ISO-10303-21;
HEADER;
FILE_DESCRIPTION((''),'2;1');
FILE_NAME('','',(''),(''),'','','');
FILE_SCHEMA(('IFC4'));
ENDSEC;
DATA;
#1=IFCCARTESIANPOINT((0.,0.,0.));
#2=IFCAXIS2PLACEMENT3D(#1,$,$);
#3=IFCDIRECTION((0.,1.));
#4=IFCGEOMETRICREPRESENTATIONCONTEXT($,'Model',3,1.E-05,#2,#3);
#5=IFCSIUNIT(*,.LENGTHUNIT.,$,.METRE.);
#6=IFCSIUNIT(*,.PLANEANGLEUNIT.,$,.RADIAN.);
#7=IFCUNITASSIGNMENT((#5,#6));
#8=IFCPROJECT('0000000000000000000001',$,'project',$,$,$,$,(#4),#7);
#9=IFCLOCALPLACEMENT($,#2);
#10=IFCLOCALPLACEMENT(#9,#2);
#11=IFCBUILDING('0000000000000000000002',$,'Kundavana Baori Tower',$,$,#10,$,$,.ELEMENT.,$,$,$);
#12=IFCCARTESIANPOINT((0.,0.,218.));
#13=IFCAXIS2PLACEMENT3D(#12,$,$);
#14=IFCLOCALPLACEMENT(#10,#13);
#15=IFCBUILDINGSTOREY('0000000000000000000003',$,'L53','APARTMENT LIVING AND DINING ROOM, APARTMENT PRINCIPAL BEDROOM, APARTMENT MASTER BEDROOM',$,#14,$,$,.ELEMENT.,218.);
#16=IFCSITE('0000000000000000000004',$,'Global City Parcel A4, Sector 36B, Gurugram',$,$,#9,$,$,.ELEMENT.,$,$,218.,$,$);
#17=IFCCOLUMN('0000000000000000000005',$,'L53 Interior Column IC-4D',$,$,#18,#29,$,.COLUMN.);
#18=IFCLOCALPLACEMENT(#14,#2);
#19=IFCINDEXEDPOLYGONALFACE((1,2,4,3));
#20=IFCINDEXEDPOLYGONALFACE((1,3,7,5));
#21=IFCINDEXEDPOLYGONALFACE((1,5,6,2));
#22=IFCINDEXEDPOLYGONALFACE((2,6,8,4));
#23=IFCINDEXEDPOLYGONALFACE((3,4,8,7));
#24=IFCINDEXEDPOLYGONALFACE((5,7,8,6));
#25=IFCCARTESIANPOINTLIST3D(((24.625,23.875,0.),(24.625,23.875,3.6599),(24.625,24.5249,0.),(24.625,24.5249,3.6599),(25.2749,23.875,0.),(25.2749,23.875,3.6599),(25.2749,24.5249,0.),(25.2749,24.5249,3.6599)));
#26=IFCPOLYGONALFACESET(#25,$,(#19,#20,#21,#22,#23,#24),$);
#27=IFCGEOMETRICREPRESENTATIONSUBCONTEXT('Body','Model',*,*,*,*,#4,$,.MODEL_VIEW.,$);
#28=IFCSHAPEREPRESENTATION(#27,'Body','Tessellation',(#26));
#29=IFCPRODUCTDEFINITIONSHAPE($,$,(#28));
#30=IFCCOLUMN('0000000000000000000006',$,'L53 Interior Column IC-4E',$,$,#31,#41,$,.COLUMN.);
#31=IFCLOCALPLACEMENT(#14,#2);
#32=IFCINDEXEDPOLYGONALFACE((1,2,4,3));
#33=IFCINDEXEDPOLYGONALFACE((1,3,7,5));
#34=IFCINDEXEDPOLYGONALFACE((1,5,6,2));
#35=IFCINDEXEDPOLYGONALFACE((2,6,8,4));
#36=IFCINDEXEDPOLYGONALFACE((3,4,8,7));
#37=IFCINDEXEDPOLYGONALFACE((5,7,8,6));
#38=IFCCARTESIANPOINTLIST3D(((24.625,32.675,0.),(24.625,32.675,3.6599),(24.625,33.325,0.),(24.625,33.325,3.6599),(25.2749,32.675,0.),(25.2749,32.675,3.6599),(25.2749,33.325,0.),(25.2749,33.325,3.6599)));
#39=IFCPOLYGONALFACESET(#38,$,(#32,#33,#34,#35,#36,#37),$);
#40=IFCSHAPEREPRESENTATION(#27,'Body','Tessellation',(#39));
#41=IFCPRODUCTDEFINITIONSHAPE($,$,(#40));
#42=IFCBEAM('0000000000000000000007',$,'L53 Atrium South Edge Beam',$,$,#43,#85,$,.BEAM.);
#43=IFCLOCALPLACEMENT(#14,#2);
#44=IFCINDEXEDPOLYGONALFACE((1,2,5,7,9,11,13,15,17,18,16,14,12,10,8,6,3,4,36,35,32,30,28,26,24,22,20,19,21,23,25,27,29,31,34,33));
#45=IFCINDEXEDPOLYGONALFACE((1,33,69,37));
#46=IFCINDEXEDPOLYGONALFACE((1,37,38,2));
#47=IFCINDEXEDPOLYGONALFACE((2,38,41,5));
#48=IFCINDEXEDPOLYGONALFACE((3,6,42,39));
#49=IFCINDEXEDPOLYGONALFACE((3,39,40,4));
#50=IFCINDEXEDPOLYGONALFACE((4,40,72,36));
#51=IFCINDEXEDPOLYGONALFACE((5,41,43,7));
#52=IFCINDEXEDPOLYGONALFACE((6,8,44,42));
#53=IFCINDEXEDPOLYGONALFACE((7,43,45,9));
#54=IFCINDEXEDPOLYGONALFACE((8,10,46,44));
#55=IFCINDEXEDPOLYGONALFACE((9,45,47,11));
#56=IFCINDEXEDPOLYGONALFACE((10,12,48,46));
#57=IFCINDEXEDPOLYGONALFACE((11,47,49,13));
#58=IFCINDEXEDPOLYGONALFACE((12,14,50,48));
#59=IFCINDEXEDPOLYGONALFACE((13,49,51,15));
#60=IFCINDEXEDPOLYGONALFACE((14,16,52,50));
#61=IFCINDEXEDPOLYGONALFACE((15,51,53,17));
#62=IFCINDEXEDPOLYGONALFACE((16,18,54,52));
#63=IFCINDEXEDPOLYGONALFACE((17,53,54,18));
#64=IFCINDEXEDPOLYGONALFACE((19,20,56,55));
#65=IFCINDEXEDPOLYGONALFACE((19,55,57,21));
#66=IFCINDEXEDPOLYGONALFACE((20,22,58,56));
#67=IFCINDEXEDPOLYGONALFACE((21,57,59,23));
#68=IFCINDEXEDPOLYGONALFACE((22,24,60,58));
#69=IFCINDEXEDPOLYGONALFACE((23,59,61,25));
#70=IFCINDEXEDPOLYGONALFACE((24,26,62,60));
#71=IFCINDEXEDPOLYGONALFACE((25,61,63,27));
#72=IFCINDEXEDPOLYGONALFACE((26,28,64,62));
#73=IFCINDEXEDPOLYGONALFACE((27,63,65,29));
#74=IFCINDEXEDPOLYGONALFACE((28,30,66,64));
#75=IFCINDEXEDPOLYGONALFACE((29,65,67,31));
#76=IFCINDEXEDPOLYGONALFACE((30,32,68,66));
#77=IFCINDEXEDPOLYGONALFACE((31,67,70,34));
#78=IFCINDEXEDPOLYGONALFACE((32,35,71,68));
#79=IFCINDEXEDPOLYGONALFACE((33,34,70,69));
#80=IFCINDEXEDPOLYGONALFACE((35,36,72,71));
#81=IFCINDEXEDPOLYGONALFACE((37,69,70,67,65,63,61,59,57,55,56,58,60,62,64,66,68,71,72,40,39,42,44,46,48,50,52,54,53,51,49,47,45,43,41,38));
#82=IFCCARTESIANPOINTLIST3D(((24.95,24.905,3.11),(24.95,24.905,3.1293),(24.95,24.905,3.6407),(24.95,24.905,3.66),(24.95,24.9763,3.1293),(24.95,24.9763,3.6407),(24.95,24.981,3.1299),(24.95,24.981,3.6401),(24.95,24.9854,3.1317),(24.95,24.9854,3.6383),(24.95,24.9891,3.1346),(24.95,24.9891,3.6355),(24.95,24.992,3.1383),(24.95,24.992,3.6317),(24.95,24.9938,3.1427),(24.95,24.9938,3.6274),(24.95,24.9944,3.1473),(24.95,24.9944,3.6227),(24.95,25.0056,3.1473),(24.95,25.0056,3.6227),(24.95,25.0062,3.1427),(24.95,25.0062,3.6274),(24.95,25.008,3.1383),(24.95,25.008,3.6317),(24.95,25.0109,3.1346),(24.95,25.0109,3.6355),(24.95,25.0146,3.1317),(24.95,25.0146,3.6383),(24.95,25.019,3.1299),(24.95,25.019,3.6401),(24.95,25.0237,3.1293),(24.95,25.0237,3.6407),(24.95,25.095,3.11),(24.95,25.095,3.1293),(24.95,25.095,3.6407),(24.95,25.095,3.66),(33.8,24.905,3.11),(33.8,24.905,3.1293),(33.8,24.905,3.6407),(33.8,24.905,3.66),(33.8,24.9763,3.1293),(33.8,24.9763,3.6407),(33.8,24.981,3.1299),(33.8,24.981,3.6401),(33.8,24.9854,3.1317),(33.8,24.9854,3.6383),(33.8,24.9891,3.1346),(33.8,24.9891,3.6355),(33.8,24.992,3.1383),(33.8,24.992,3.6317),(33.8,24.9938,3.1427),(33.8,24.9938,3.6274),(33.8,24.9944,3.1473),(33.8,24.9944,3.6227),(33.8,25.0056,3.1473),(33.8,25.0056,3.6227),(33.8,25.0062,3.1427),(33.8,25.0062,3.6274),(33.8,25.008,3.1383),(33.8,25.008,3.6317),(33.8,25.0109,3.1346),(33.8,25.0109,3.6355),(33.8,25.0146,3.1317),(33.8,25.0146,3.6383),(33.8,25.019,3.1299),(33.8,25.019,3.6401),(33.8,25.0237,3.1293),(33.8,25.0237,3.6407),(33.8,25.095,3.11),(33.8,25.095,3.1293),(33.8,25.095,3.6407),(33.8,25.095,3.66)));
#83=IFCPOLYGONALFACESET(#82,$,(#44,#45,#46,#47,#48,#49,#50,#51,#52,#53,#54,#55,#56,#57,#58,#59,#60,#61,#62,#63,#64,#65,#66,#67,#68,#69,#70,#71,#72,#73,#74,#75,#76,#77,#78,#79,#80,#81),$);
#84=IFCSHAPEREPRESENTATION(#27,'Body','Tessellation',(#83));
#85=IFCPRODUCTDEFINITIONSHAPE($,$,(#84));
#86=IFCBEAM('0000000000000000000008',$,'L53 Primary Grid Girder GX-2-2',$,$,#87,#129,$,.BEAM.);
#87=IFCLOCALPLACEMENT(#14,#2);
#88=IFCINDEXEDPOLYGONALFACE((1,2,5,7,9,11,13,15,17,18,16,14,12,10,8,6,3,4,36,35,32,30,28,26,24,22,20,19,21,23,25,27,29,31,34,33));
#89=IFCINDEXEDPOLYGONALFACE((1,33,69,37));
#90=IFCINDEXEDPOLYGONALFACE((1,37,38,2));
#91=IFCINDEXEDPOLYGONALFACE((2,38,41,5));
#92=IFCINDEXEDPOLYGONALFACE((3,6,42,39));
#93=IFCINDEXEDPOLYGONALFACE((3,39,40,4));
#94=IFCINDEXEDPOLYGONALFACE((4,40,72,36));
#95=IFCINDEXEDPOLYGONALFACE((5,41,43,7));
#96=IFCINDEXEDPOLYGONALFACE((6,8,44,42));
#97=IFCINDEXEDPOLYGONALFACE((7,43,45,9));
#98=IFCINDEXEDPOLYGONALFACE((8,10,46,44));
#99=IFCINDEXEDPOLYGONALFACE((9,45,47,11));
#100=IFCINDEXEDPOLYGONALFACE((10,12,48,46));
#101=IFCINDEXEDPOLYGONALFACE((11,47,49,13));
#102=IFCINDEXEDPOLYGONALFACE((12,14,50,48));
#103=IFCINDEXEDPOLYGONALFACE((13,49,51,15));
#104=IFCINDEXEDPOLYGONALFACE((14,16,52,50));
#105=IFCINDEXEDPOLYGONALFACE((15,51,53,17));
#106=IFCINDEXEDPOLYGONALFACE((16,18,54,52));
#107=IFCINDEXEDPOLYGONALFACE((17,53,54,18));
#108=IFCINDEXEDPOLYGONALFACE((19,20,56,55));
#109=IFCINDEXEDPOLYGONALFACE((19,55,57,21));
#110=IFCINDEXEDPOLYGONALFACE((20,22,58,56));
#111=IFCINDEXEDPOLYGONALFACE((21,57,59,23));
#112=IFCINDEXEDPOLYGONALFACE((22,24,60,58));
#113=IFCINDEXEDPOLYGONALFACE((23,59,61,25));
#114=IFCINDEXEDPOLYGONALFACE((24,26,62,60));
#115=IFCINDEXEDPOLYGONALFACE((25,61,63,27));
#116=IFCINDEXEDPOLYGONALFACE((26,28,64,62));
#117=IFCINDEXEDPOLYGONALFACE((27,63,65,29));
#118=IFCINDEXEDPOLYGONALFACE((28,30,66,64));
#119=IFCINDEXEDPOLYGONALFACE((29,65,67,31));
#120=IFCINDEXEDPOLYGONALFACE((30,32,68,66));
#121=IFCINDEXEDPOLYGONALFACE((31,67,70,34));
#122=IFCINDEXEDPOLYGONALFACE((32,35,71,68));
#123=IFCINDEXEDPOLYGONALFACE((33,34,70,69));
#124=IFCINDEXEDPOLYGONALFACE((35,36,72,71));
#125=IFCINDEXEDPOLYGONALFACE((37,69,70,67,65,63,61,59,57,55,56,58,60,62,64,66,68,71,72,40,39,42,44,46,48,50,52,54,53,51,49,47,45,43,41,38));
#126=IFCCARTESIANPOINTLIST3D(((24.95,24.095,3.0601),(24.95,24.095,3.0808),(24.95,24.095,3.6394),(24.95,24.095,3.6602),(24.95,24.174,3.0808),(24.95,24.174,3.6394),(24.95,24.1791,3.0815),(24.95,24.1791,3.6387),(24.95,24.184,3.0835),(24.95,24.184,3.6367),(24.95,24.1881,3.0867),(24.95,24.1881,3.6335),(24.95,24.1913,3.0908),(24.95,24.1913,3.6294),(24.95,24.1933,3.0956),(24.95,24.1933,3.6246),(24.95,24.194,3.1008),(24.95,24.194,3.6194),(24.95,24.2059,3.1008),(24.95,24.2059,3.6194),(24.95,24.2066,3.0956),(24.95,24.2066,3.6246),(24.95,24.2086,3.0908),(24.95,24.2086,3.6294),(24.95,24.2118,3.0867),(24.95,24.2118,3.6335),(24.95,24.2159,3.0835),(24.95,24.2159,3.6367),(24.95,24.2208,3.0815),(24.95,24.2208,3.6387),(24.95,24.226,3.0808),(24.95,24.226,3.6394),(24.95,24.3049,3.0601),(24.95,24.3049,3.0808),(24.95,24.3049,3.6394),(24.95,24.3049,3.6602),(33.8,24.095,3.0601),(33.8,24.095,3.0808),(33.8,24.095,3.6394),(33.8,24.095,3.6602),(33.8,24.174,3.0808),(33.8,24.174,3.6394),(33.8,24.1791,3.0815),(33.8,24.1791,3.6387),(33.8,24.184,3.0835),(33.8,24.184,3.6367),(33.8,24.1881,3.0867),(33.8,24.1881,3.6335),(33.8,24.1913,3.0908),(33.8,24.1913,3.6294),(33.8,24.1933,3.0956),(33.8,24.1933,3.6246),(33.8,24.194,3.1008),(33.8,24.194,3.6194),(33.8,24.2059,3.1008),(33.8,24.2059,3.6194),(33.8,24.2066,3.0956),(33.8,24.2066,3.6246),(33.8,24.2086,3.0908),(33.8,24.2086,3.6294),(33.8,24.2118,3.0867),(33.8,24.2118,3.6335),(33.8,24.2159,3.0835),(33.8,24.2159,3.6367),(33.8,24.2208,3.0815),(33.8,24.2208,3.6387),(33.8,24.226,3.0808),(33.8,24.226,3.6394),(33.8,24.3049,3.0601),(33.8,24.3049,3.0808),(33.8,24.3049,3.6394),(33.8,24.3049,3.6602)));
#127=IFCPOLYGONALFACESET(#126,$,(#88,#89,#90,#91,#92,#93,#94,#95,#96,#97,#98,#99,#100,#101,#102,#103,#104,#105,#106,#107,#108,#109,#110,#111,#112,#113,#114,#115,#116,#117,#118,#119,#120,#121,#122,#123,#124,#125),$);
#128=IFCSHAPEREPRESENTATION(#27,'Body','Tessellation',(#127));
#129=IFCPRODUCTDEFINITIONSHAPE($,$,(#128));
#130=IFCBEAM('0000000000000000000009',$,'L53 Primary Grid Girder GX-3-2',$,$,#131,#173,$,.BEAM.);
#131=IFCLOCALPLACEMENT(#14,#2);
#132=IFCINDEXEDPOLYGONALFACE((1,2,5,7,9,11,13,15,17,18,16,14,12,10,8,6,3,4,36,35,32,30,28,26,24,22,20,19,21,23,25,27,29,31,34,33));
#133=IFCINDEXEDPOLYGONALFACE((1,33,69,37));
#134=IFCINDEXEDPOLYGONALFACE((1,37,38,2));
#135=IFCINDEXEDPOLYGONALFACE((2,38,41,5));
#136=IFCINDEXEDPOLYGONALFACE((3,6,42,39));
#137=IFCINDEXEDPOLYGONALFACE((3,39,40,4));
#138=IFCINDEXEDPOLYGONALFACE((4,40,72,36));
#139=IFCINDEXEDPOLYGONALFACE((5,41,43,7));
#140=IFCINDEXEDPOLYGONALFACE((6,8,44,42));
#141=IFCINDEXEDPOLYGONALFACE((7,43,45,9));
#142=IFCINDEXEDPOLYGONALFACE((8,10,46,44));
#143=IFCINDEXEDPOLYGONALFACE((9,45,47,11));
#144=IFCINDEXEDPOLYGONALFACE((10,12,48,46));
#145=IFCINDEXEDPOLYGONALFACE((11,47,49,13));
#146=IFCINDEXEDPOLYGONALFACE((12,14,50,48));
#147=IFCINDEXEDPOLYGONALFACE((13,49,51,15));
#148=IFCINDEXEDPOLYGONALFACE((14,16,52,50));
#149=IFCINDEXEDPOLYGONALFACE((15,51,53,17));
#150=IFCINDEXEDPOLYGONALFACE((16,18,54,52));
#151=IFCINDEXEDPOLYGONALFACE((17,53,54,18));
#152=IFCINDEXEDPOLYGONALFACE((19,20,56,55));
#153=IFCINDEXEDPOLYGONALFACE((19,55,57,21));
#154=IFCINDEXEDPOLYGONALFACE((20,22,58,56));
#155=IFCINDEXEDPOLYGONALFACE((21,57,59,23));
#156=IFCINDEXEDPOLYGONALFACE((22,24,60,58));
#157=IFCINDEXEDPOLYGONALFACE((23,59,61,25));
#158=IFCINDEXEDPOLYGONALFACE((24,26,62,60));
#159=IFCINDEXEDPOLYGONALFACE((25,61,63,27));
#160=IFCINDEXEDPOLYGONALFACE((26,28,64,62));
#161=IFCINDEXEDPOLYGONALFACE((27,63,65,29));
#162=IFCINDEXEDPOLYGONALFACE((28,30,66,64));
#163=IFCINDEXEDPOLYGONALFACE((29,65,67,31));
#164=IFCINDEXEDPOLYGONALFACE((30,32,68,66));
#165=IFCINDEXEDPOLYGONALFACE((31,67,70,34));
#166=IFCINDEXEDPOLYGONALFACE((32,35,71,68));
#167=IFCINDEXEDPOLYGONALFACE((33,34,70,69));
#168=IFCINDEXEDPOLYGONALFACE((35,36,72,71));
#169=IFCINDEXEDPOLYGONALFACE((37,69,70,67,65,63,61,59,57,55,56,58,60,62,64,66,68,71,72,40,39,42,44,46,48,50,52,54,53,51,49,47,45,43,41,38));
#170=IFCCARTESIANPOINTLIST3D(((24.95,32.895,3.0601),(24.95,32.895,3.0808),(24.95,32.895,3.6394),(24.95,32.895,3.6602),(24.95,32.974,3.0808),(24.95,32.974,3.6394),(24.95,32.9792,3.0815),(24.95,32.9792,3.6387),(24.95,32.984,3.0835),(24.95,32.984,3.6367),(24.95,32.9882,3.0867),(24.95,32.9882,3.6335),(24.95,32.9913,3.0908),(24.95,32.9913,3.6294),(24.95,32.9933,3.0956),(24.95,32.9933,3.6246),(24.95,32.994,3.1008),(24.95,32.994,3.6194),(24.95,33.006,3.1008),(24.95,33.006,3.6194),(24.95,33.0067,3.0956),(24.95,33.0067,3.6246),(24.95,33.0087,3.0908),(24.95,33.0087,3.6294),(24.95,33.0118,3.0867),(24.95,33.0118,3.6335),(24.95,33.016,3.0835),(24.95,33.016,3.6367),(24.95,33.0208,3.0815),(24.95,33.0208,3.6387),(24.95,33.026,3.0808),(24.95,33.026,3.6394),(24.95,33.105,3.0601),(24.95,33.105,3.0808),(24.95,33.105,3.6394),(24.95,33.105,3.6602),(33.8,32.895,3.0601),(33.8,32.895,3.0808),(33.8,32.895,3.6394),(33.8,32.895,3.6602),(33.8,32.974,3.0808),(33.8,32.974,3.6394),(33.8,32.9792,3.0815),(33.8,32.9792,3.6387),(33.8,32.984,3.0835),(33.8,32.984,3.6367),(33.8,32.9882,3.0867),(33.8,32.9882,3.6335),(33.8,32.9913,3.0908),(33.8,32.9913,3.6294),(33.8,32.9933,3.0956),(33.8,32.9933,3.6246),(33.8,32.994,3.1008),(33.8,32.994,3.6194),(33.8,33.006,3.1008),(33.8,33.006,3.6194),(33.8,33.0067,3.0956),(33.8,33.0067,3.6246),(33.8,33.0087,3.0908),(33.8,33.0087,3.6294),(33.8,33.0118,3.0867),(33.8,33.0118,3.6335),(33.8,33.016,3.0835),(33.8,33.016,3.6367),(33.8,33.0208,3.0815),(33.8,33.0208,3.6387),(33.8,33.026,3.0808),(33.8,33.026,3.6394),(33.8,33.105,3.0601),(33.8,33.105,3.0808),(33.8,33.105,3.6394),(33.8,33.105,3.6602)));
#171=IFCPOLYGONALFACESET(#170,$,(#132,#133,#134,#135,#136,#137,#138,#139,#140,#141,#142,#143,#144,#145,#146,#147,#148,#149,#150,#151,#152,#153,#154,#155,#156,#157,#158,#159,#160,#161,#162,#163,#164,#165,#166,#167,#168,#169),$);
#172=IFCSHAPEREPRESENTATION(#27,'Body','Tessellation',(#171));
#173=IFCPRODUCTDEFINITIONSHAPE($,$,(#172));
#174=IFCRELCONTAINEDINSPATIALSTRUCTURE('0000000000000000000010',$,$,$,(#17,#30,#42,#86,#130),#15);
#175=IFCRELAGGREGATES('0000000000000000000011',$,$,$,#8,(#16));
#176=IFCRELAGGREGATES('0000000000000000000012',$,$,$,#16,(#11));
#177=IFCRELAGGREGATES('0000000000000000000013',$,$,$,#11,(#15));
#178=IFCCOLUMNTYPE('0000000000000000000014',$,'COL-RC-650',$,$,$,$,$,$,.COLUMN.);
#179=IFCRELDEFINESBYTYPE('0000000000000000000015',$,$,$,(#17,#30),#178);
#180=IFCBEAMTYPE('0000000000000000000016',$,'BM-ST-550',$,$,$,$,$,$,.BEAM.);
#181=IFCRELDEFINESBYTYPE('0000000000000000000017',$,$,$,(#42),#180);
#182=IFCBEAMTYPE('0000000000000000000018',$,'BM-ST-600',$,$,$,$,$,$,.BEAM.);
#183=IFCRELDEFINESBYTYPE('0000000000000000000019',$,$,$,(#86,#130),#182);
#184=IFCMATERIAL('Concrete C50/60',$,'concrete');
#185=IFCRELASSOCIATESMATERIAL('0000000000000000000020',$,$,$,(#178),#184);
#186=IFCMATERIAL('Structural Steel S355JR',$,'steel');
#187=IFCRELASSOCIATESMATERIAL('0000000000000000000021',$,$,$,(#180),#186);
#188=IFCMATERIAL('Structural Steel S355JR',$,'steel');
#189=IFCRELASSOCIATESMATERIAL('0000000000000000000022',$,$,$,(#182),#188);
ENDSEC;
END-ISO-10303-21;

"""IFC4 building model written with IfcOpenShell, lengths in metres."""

from ifc_helpers import new_model, si_unit, direction, frame, origin, origin_2d, place, context, subcontext, project, spatial, rectangle, i_section, extrude, material, material_profile, profile_set, type_object, element, save


model = new_model("IFC4")

# Units and contexts
model_context = context("Model", 3, precision=1e-05, world=origin(), true_north=direction((0.0, 1.0)))
body_context = subcontext(model_context, "Body", "Model", "MODEL_VIEW")
ifc_project = project(units=[si_unit("LENGTHUNIT", "METRE"), si_unit("PLANEANGLEUNIT", "RADIAN")], contexts=[model_context])

# Site, building, storey
site_placement = place(None, origin())
site = spatial("IfcSite", under=ifc_project, at=site_placement, Name="Global City Parcel A4, Sector 36B, Gurugram", CompositionType="ELEMENT", RefElevation=218.0)
building_placement = place(site_placement, origin())
building = spatial("IfcBuilding", under=site, at=building_placement, Name="Kundavana Baori Tower", CompositionType="ELEMENT")
storey_placement = place(building_placement, frame((0.0, 0.0, 218.0)))
storey = spatial("IfcBuildingStorey", under=building, at=storey_placement, Name="L53", Description="APARTMENT LIVING AND DINING ROOM, APARTMENT PRINCIPAL BEDROOM, APARTMENT MASTER BEDROOM", CompositionType="ELEMENT", Elevation=218.0)

# Columns
ifc_material_1 = material(Name="Concrete C50/60", Category="concrete")
ifc_material_profile_1 = material_profile(ifc_material_1, rectangle(XDim=0.6499, YDim=0.6499, at=origin_2d()), Name="RC 650x650")
ifc_profile_set_1 = profile_set([ifc_material_profile_1], Name="Concrete C50/60")
column_type = type_object("IfcColumnType", Name="COL-RC-650", PredefinedType="COLUMN", material=ifc_profile_set_1)
for number, where, z_axis, x_axis, name in (
    (1, (24.95, 24.2, 0.0), (0.0, 0.0, 1.0), (1.0, 0.0, 0.0), "L53 Interior Column IC-4D"),
    (2, (24.95, 33.0, 0.0), (0.0, 0.0, 1.0), (1.0, 0.0, 0.0), "L53 Interior Column IC-4E"),
):
    element("IfcColumn", number, at=place(storey_placement, frame(where, z_axis=z_axis, x_axis=x_axis)), inside=storey, type_object=column_type, Name=name, PredefinedType="COLUMN", context=body_context, shape_type="SweptSolid", body=[
        extrude(rectangle(XDim=0.6499, YDim=0.6499, at=origin_2d()), origin(), (0.0, 0.0, 1.0), 3.6599),
    ])

# Beams
ifc_material_2 = material(Name="Structural Steel S355JR", Category="steel")
ifc_material_profile_2 = material_profile(ifc_material_2, i_section(OverallWidth=0.1899, OverallDepth=0.55, WebThickness=0.0112, FlangeThickness=0.0193, FilletRadius=0.0181, at=origin_2d()), Name="ISMB 550")
ifc_profile_set_2 = profile_set([ifc_material_profile_2], Name="Structural Steel S355JR")
beam_type_1 = type_object("IfcBeamType", Name="BM-ST-550", PredefinedType="BEAM", material=ifc_profile_set_2)
beam_placement = place(storey_placement, frame((24.95, 25.0, 3.385), z_axis=(1.0, 0.0, 0.0), x_axis=(0.0, 1.0, 0.0)))
element("IfcBeam", 3, at=beam_placement, inside=storey, type_object=beam_type_1, Name="L53 Atrium South Edge Beam", PredefinedType="BEAM", context=body_context, shape_type="SweptSolid", body=[
    extrude(i_section(OverallWidth=0.1899, OverallDepth=0.55, WebThickness=0.0112, FlangeThickness=0.0193, FilletRadius=0.0181, at=origin_2d()), origin(), (0.0, 0.0, 1.0), 8.8501),
])
ifc_material_3 = material(Name="Structural Steel S355JR", Category="steel")
ifc_material_profile_3 = material_profile(ifc_material_3, i_section(OverallWidth=0.21, OverallDepth=0.6001, WebThickness=0.012, FlangeThickness=0.0208, FilletRadius=0.02, at=origin_2d()), Name="ISMB 600")
ifc_profile_set_3 = profile_set([ifc_material_profile_3], Name="Structural Steel S355JR")
beam_type_2 = type_object("IfcBeamType", Name="BM-ST-600", PredefinedType="BEAM", material=ifc_profile_set_3)
for number, where, z_axis, x_axis, name in (
    (4, (24.95, 24.2, 3.3601), (1.0, 0.0, 0.0), (0.0, 1.0, 0.0), "L53 Primary Grid Girder GX-2-2"),
    (5, (24.95, 33.0, 3.3601), (1.0, 0.0, 0.0), (0.0, 1.0, 0.0), "L53 Primary Grid Girder GX-3-2"),
):
    element("IfcBeam", number, at=place(storey_placement, frame(where, z_axis=z_axis, x_axis=x_axis)), inside=storey, type_object=beam_type_2, Name=name, PredefinedType="BEAM", context=body_context, shape_type="SweptSolid", body=[
        extrude(i_section(OverallWidth=0.21, OverallDepth=0.6001, WebThickness=0.012, FlangeThickness=0.0208, FilletRadius=0.02, at=origin_2d()), origin(), (0.0, 0.0, 1.0), 8.8501),
    ])

save(model, "model.ifc")
